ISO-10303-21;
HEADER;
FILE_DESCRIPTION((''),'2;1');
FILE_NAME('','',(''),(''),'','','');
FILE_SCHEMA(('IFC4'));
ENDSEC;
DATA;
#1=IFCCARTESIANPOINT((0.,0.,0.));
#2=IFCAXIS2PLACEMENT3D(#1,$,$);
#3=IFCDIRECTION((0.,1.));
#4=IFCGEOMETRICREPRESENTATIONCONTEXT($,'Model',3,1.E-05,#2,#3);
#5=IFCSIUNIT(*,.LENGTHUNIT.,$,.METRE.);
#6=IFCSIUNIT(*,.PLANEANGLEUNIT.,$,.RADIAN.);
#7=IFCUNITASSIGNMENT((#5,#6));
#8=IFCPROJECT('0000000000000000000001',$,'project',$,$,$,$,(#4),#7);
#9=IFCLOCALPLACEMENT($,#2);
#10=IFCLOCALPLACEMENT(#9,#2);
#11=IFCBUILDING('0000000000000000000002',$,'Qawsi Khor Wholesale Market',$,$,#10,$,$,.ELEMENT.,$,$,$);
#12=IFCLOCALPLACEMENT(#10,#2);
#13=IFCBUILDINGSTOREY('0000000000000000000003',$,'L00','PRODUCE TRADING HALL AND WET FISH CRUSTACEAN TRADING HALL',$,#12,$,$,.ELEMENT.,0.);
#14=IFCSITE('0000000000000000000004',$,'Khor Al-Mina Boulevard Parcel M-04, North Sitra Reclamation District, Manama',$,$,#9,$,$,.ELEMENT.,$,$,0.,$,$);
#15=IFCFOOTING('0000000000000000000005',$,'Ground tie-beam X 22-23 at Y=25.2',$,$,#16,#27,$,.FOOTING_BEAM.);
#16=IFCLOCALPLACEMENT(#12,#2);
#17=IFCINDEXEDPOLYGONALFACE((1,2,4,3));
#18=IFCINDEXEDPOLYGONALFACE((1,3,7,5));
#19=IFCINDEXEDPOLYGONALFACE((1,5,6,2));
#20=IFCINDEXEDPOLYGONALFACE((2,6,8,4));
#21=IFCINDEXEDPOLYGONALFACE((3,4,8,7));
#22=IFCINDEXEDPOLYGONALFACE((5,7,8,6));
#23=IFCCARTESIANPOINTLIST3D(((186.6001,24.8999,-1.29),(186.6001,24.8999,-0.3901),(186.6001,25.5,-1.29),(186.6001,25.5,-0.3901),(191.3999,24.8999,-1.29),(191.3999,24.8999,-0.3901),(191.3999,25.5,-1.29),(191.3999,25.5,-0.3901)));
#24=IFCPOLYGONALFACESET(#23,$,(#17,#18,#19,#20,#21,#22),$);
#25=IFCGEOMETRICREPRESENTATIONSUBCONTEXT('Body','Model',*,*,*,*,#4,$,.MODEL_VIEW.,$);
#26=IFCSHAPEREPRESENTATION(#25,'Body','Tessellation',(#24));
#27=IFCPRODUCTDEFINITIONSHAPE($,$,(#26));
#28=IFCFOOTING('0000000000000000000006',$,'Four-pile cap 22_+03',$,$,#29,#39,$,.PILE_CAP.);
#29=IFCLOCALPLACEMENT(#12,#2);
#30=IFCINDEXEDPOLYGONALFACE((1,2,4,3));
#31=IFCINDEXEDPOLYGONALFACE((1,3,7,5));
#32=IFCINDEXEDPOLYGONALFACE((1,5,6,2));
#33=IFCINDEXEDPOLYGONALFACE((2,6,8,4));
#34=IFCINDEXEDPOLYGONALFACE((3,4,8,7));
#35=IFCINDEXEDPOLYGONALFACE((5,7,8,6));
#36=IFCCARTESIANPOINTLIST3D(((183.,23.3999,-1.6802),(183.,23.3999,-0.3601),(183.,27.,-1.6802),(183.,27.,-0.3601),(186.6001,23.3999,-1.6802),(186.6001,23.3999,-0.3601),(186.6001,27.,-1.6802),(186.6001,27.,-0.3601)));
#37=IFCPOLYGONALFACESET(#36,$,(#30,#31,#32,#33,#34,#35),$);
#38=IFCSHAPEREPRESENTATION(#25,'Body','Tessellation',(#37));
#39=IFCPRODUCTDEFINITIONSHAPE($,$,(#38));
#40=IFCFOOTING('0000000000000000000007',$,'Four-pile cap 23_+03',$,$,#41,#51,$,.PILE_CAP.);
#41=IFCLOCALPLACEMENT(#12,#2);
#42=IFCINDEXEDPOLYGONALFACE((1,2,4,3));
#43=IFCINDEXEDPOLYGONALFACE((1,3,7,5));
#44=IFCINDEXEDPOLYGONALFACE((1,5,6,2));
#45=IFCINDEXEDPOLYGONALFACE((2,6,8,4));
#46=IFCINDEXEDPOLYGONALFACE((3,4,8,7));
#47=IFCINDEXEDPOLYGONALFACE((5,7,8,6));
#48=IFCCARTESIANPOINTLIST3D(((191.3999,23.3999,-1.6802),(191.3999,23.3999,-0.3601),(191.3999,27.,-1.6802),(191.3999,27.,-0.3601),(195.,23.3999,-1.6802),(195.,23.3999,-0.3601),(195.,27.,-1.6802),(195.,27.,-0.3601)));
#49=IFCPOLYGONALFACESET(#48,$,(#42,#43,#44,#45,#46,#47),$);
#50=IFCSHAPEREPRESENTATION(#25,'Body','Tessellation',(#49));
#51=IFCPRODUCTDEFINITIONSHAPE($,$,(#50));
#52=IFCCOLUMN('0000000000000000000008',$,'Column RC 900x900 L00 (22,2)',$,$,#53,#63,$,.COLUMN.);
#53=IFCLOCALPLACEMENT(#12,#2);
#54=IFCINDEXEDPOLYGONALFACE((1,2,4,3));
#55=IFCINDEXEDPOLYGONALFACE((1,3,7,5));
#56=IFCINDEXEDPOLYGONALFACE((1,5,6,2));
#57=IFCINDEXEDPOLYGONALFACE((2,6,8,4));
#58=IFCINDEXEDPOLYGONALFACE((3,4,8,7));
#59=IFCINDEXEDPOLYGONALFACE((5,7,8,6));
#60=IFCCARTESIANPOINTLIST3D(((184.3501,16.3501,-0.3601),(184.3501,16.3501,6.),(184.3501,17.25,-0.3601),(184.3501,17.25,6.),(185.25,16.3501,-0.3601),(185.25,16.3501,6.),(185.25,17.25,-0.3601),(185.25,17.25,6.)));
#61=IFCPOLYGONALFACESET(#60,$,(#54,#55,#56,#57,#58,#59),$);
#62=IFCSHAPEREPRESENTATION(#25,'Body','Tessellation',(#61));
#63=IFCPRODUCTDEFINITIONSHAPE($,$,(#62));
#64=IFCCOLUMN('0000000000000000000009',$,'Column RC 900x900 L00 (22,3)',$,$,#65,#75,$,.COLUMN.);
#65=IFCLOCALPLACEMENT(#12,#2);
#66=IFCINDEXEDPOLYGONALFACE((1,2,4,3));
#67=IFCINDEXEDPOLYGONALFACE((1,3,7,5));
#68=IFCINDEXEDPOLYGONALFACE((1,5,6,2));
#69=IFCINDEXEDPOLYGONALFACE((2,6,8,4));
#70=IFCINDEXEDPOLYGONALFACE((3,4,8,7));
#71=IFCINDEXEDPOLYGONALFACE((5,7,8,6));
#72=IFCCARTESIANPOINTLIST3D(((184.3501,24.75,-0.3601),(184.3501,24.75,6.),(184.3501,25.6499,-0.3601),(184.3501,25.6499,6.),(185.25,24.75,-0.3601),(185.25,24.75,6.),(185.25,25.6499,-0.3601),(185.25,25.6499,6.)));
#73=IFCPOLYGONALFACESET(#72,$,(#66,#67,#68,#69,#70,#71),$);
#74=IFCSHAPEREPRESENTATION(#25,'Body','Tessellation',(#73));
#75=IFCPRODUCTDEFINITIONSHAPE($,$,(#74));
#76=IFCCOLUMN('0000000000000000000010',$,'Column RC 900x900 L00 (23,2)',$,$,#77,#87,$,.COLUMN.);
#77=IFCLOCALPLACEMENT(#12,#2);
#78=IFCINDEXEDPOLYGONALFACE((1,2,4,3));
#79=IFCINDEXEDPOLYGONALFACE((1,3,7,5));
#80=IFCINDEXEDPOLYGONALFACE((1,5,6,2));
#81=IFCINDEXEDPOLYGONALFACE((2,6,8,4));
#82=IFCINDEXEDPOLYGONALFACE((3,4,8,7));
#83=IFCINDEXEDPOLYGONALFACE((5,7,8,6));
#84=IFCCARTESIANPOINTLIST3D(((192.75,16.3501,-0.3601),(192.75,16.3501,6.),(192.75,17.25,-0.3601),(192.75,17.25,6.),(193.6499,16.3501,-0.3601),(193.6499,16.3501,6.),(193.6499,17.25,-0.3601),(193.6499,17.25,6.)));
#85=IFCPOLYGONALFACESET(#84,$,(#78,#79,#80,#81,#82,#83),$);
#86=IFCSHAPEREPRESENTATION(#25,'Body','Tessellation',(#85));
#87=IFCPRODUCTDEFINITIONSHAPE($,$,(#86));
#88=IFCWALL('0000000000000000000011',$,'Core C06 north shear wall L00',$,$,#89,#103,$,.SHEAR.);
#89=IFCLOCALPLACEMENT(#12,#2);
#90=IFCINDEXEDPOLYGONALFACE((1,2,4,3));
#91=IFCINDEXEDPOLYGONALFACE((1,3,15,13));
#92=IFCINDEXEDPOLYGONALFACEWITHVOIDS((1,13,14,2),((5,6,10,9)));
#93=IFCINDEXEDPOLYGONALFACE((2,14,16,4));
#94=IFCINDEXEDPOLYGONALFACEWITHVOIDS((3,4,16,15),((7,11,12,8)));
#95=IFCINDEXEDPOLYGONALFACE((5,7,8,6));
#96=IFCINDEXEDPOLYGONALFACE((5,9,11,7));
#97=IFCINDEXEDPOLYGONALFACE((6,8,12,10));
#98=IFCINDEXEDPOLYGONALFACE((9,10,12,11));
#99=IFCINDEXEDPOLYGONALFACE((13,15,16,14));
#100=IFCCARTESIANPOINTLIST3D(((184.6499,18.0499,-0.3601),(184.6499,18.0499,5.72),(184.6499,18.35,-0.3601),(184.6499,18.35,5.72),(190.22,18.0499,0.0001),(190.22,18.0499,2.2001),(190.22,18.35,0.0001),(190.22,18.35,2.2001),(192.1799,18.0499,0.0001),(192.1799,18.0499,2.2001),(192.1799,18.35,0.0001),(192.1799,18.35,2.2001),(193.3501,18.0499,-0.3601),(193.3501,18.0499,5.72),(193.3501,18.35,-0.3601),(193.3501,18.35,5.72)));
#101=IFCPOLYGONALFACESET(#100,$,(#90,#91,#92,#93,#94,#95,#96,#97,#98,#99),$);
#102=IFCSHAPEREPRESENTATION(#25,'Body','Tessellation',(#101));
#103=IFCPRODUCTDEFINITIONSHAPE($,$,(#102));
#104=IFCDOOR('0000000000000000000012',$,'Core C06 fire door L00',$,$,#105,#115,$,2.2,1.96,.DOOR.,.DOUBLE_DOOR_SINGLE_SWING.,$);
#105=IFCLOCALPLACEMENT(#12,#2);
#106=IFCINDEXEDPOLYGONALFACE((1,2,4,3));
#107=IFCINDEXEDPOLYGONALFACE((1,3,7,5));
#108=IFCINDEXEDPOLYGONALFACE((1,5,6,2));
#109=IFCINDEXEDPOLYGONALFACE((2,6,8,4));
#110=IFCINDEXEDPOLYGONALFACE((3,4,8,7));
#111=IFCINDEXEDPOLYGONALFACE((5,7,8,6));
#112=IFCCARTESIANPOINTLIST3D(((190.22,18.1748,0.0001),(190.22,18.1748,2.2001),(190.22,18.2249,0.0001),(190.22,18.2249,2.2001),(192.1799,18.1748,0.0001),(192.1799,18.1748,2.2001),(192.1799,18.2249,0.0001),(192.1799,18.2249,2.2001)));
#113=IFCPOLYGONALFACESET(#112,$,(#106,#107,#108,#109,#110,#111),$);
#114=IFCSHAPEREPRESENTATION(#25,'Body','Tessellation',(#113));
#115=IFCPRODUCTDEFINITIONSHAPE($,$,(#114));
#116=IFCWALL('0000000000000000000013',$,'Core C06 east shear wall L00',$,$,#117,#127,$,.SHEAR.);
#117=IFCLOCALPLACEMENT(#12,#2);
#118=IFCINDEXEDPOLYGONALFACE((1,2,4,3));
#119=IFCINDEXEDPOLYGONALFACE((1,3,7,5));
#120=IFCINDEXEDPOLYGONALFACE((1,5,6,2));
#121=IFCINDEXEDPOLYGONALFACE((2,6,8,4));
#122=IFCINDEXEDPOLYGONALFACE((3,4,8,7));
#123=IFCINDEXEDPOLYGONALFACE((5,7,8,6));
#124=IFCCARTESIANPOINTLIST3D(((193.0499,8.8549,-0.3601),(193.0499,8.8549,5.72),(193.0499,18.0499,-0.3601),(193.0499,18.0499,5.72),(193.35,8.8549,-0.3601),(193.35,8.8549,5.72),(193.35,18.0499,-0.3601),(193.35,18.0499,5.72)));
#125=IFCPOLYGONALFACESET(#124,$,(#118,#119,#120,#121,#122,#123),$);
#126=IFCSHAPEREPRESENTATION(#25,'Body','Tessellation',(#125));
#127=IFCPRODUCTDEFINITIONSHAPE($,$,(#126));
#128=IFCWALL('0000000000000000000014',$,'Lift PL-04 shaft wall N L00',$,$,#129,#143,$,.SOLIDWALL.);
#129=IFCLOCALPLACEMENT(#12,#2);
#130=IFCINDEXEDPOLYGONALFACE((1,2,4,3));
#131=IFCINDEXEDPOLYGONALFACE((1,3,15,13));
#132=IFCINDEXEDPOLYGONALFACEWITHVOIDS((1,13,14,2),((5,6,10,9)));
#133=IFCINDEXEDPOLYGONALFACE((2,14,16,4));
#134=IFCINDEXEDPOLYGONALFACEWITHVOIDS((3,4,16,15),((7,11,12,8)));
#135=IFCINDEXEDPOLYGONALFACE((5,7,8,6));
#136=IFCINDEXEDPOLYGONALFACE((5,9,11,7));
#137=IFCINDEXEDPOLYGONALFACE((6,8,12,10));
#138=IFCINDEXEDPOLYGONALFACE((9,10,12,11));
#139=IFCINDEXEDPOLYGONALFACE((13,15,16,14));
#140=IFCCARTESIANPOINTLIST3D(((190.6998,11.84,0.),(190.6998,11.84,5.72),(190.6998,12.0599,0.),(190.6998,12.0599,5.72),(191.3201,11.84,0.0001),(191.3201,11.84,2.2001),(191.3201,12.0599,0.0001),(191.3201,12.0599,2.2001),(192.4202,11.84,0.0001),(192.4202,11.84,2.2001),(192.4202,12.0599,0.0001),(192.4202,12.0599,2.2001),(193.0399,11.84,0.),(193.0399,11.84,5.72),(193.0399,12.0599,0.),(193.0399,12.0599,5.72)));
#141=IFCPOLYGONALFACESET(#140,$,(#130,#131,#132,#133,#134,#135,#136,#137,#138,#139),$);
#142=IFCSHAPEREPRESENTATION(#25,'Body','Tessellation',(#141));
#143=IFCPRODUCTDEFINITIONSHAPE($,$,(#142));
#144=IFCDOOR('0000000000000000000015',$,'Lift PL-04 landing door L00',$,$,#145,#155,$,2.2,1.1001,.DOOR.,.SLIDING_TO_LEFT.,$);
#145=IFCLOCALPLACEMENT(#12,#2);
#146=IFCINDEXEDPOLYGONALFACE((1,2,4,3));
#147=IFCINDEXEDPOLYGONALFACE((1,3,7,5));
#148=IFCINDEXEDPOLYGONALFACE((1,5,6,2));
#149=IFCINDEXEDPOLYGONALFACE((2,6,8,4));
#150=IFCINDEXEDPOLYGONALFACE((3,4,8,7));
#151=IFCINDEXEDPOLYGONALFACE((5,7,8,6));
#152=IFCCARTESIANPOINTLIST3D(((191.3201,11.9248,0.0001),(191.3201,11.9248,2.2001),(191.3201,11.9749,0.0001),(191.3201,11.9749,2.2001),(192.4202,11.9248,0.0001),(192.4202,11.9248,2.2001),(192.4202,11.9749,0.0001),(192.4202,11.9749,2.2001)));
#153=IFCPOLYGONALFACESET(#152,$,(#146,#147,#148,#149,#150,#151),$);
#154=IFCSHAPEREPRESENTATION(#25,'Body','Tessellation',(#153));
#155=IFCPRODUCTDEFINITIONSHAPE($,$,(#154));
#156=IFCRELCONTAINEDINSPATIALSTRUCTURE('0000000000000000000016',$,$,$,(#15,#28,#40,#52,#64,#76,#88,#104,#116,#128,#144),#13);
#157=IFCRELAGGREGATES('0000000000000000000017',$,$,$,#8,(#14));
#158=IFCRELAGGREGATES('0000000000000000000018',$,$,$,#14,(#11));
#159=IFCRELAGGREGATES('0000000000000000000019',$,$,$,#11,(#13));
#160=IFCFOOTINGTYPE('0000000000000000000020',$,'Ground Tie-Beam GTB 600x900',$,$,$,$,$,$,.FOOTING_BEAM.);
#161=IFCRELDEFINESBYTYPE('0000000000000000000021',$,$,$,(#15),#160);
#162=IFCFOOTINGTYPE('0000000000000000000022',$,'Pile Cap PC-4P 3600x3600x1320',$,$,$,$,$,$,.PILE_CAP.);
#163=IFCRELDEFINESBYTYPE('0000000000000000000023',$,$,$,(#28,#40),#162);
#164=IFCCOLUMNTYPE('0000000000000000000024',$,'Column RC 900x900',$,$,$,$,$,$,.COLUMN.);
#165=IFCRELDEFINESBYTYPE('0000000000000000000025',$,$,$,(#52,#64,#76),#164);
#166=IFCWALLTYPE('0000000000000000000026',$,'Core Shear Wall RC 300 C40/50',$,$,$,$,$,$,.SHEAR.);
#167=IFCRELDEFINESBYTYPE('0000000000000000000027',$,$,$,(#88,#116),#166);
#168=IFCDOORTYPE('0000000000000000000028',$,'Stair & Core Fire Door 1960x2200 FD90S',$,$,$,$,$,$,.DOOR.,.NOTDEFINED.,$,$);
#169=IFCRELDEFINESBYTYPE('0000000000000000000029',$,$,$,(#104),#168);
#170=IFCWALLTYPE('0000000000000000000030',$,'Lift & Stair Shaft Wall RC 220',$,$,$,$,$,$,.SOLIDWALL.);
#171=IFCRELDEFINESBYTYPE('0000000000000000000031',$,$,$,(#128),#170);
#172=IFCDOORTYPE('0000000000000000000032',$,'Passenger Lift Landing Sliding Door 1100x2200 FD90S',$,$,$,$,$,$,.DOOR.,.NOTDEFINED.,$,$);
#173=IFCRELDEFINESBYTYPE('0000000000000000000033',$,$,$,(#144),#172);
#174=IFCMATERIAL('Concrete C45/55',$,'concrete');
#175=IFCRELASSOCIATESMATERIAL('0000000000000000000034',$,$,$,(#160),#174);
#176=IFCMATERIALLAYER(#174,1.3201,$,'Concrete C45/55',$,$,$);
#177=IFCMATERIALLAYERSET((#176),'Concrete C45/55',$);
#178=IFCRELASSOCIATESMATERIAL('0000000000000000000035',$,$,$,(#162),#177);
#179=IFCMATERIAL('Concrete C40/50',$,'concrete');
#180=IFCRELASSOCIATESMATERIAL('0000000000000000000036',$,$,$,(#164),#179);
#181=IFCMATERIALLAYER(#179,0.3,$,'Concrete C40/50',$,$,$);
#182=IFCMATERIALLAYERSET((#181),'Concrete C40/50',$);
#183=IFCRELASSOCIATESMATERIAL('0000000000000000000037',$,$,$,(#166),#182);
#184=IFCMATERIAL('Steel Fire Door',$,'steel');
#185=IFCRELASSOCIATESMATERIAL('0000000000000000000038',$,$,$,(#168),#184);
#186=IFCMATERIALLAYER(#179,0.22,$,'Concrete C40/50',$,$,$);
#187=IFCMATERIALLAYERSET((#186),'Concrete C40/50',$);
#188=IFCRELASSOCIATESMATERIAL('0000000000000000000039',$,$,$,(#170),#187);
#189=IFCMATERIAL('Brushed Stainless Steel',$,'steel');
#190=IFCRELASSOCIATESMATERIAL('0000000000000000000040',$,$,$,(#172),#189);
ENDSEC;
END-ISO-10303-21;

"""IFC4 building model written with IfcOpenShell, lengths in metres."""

from ifc_helpers import new_model, si_unit, direction, frame, frame_2d, origin, origin_2d, place, context, subcontext, project, spatial, rectangle, extrude, material, layer, layer_set, material_profile, profile_set, type_object, element, fill, save


model = new_model("IFC4")

# Units and contexts
model_context = context("Model", 3, precision=1e-05, world=origin(), true_north=direction((0.0, 1.0)))
body_context = subcontext(model_context, "Body", "Model", "MODEL_VIEW")
ifc_project = project(units=[si_unit("LENGTHUNIT", "METRE"), si_unit("PLANEANGLEUNIT", "RADIAN")], contexts=[model_context])

# Site, building, storey
site_placement = place(None, origin())
site = spatial("IfcSite", under=ifc_project, at=site_placement, Name="Khor Al-Mina Boulevard Parcel M-04, North Sitra Reclamation District, Manama", CompositionType="ELEMENT", RefElevation=0.0)
building_placement = place(site_placement, origin())
building = spatial("IfcBuilding", under=site, at=building_placement, Name="Qawsi Khor Wholesale Market", CompositionType="ELEMENT")
storey_placement = place(building_placement, origin())
storey = spatial("IfcBuildingStorey", under=building, at=storey_placement, Name="L00", Description="PRODUCE TRADING HALL AND WET FISH CRUSTACEAN TRADING HALL", CompositionType="ELEMENT", Elevation=0.0)

# Shared definitions
ifc_material_1 = material(Name="Concrete C45/55", Category="concrete")

# Footings
ifc_material_profile_1 = material_profile(ifc_material_1, rectangle(XDim=0.6001, YDim=0.8999, at=origin_2d()), Name="RC 600x900")
ifc_profile_set_1 = profile_set([ifc_material_profile_1], Name="Concrete C45/55")
footing_type_1 = type_object("IfcFootingType", Name="Ground Tie-Beam GTB 600x900", PredefinedType="FOOTING_BEAM", material=ifc_profile_set_1)
footing_1_placement = place(storey_placement, frame((186.6001, 25.2, -0.8401), z_axis=(1.0, 0.0, 0.0), x_axis=(0.0, 1.0, 0.0)))
element("IfcFooting", 1, at=footing_1_placement, inside=storey, type_object=footing_type_1, Name="Ground tie-beam X 22-23 at Y=25.2", PredefinedType="FOOTING_BEAM", context=body_context, shape_type="SweptSolid", body=[
    extrude(rectangle(XDim=0.6001, YDim=0.8999, at=origin_2d()), origin(), (0.0, 0.0, 1.0), 4.7998),
])
ifc_layer_1 = layer(ifc_material_1, 1.3201, Name="Concrete C45/55")
ifc_layer_set_1 = layer_set([ifc_layer_1], Name="Concrete C45/55")
footing_type_2 = type_object("IfcFootingType", Name="Pile Cap PC-4P 3600x3600x1320", PredefinedType="PILE_CAP", material=ifc_layer_set_1)
for number, where, z_axis, x_axis, name in (
    (2, (184.8, 25.2, -1.6802), (0.0, 0.0, 1.0), (1.0, 0.0, 0.0), "Four-pile cap 22_+03"),
    (3, (193.2, 25.2, -1.6802), (0.0, 0.0, 1.0), (1.0, 0.0, 0.0), "Four-pile cap 23_+03"),
):
    element("IfcFooting", number, at=place(storey_placement, frame(where, z_axis=z_axis, x_axis=x_axis)), inside=storey, type_object=footing_type_2, Name=name, PredefinedType="PILE_CAP", context=body_context, shape_type="SweptSolid", body=[
        extrude(rectangle(XDim=3.6001, YDim=3.6001, at=origin_2d()), origin(), (0.0, 0.0, 1.0), 1.3201),
    ])

# Columns
ifc_material_2 = material(Name="Concrete C40/50", Category="concrete")
ifc_material_profile_2 = material_profile(ifc_material_2, rectangle(XDim=0.8999, YDim=0.8999, at=origin_2d()), Name="RC 900x900")
ifc_profile_set_2 = profile_set([ifc_material_profile_2], Name="Concrete C40/50")
column_type = type_object("IfcColumnType", Name="Column RC 900x900", PredefinedType="COLUMN", material=ifc_profile_set_2)
for number, where, z_axis, x_axis, name in (
    (4, (184.8, 16.8, -0.3601), (0.0, 0.0, 1.0), (1.0, 0.0, 0.0), "Column RC 900x900 L00 (22,2)"),
    (5, (184.8, 25.2, -0.3601), (0.0, 0.0, 1.0), (1.0, 0.0, 0.0), "Column RC 900x900 L00 (22,3)"),
    (6, (193.2, 16.8, -0.3601), (0.0, 0.0, 1.0), (1.0, 0.0, 0.0), "Column RC 900x900 L00 (23,2)"),
):
    element("IfcColumn", number, at=place(storey_placement, frame(where, z_axis=z_axis, x_axis=x_axis)), inside=storey, type_object=column_type, Name=name, PredefinedType="COLUMN", context=body_context, shape_type="SweptSolid", body=[
        extrude(rectangle(XDim=0.8999, YDim=0.8999, at=origin_2d()), origin(), (0.0, 0.0, 1.0), 6.3601),
    ])

# Wall, opening, door
ifc_layer_2 = layer(ifc_material_2, 0.3, Name="Concrete C40/50")
ifc_layer_set_2 = layer_set([ifc_layer_2], Name="Concrete C40/50")
wall_type_1 = type_object("IfcWallType", Name="Core Shear Wall RC 300 C40/50", PredefinedType="SHEAR", material=ifc_layer_set_2)
wall_1_placement = place(storey_placement, frame((184.6499, 18.2, -0.3601), z_axis=(0.0, 0.0, 1.0), x_axis=(1.0, 0.0, 0.0)))
wall_1 = element("IfcWall", 7, at=wall_1_placement, inside=storey, type_object=wall_type_1, Name="Core C06 north shear wall L00", PredefinedType="SHEAR", context=body_context, shape_type="SweptSolid", body=[
    extrude(rectangle(XDim=8.7002, YDim=0.3, at=frame_2d((4.3501, 0.0))), origin(), (0.0, 0.0, 1.0), 6.0801),
])
opening_1_placement = place(wall_1_placement, frame((5.5701, 0.0, 0.3601)))
opening_1 = element("IfcOpeningElement", 8, at=opening_1_placement, cuts=wall_1, PredefinedType="OPENING", context=body_context, shape_type="SweptSolid", body=[
    extrude(rectangle(XDim=1.96, YDim=2.2, at=frame_2d((0.98, 1.1001))), frame((0.0, 0.1599, 0.0), z_axis=(0.0, -1.0, 0.0), x_axis=(1.0, 0.0, 0.0)), (0.0, 0.0, 1.0), 0.3201),
])
ifc_material_3 = material(Name="Steel Fire Door", Category="steel")
door_type_1 = type_object("IfcDoorType", Name="Stair & Core Fire Door 1960x2200 FD90S", OperationType="NOTDEFINED", PredefinedType="DOOR", material=ifc_material_3)
door_1_placement = place(opening_1_placement, origin())
door_1 = element("IfcDoor", 9, at=door_1_placement, inside=storey, type_object=door_type_1, Name="Core C06 fire door L00", OperationType="DOUBLE_DOOR_SINGLE_SWING", OverallHeight=2.2, OverallWidth=1.96, PredefinedType="DOOR", context=body_context, shape_type="SweptSolid", body=[
    extrude(rectangle(XDim=1.96, YDim=2.2, at=frame_2d((0.98, 1.1001))), frame((0.0, 0.0249, 0.0), z_axis=(0.0, -1.0, 0.0), x_axis=(1.0, 0.0, 0.0)), (0.0, 0.0, 1.0), 0.05),
])
fill(opening_1, door_1)

# Wall
wall_2_placement = place(storey_placement, frame((193.2, 18.05, -0.3601), z_axis=(0.0, 0.0, 1.0), x_axis=(0.0, -1.0, 0.0)))
element("IfcWall", 10, at=wall_2_placement, inside=storey, type_object=wall_type_1, Name="Core C06 east shear wall L00", PredefinedType="SHEAR", context=body_context, shape_type="SweptSolid", body=[
    extrude(rectangle(XDim=9.1951, YDim=0.3, at=frame_2d((4.5977, 0.0))), origin(), (0.0, 0.0, 1.0), 6.0801),
])

# Wall, opening, door
ifc_layer_3 = layer(ifc_material_2, 0.22, Name="Concrete C40/50")
ifc_layer_set_3 = layer_set([ifc_layer_3], Name="Concrete C40/50")
wall_type_2 = type_object("IfcWallType", Name="Lift & Stair Shaft Wall RC 220", PredefinedType="SOLIDWALL", material=ifc_layer_set_3)
wall_3_placement = place(storey_placement, frame((190.7, 11.95, 0.0), z_axis=(0.0, 0.0, 1.0), x_axis=(1.0, 0.0, 0.0)))
wall_3 = element("IfcWall", 11, at=wall_3_placement, inside=storey, type_object=wall_type_2, Name="Lift PL-04 shaft wall N L00", PredefinedType="SOLIDWALL", context=body_context, shape_type="SweptSolid", body=[
    extrude(rectangle(XDim=2.3401, YDim=0.22, at=frame_2d((1.1699, 0.0))), origin(), (0.0, 0.0, 1.0), 5.72),
])
opening_2_placement = place(wall_3_placement, frame((0.6201, 0.0, 0.0)))
opening_2 = element("IfcOpeningElement", 12, at=opening_2_placement, cuts=wall_3, PredefinedType="OPENING", context=body_context, shape_type="SweptSolid", body=[
    extrude(rectangle(XDim=1.1001, YDim=2.2, at=frame_2d((0.55, 1.1001))), frame((0.0, 0.1199, 0.0), z_axis=(0.0, -1.0, 0.0), x_axis=(1.0, 0.0, 0.0)), (0.0, 0.0, 1.0), 0.24),
])
ifc_material_4 = material(Name="Brushed Stainless Steel", Category="steel")
door_type_2 = type_object("IfcDoorType", Name="Passenger Lift Landing Sliding Door 1100x2200 FD90S", OperationType="NOTDEFINED", PredefinedType="DOOR", material=ifc_material_4)
door_2_placement = place(opening_2_placement, origin())
door_2 = element("IfcDoor", 13, at=door_2_placement, inside=storey, type_object=door_type_2, Name="Lift PL-04 landing door L00", OperationType="SLIDING_TO_LEFT", OverallHeight=2.2, OverallWidth=1.1001, PredefinedType="DOOR", context=body_context, shape_type="SweptSolid", body=[
    extrude(rectangle(XDim=1.1001, YDim=2.2, at=frame_2d((0.55, 1.1001))), frame((0.0, 0.0249, 0.0), z_axis=(0.0, -1.0, 0.0), x_axis=(1.0, 0.0, 0.0)), (0.0, 0.0, 1.0), 0.05),
])
fill(opening_2, door_2)

save(model, "model.ifc")
